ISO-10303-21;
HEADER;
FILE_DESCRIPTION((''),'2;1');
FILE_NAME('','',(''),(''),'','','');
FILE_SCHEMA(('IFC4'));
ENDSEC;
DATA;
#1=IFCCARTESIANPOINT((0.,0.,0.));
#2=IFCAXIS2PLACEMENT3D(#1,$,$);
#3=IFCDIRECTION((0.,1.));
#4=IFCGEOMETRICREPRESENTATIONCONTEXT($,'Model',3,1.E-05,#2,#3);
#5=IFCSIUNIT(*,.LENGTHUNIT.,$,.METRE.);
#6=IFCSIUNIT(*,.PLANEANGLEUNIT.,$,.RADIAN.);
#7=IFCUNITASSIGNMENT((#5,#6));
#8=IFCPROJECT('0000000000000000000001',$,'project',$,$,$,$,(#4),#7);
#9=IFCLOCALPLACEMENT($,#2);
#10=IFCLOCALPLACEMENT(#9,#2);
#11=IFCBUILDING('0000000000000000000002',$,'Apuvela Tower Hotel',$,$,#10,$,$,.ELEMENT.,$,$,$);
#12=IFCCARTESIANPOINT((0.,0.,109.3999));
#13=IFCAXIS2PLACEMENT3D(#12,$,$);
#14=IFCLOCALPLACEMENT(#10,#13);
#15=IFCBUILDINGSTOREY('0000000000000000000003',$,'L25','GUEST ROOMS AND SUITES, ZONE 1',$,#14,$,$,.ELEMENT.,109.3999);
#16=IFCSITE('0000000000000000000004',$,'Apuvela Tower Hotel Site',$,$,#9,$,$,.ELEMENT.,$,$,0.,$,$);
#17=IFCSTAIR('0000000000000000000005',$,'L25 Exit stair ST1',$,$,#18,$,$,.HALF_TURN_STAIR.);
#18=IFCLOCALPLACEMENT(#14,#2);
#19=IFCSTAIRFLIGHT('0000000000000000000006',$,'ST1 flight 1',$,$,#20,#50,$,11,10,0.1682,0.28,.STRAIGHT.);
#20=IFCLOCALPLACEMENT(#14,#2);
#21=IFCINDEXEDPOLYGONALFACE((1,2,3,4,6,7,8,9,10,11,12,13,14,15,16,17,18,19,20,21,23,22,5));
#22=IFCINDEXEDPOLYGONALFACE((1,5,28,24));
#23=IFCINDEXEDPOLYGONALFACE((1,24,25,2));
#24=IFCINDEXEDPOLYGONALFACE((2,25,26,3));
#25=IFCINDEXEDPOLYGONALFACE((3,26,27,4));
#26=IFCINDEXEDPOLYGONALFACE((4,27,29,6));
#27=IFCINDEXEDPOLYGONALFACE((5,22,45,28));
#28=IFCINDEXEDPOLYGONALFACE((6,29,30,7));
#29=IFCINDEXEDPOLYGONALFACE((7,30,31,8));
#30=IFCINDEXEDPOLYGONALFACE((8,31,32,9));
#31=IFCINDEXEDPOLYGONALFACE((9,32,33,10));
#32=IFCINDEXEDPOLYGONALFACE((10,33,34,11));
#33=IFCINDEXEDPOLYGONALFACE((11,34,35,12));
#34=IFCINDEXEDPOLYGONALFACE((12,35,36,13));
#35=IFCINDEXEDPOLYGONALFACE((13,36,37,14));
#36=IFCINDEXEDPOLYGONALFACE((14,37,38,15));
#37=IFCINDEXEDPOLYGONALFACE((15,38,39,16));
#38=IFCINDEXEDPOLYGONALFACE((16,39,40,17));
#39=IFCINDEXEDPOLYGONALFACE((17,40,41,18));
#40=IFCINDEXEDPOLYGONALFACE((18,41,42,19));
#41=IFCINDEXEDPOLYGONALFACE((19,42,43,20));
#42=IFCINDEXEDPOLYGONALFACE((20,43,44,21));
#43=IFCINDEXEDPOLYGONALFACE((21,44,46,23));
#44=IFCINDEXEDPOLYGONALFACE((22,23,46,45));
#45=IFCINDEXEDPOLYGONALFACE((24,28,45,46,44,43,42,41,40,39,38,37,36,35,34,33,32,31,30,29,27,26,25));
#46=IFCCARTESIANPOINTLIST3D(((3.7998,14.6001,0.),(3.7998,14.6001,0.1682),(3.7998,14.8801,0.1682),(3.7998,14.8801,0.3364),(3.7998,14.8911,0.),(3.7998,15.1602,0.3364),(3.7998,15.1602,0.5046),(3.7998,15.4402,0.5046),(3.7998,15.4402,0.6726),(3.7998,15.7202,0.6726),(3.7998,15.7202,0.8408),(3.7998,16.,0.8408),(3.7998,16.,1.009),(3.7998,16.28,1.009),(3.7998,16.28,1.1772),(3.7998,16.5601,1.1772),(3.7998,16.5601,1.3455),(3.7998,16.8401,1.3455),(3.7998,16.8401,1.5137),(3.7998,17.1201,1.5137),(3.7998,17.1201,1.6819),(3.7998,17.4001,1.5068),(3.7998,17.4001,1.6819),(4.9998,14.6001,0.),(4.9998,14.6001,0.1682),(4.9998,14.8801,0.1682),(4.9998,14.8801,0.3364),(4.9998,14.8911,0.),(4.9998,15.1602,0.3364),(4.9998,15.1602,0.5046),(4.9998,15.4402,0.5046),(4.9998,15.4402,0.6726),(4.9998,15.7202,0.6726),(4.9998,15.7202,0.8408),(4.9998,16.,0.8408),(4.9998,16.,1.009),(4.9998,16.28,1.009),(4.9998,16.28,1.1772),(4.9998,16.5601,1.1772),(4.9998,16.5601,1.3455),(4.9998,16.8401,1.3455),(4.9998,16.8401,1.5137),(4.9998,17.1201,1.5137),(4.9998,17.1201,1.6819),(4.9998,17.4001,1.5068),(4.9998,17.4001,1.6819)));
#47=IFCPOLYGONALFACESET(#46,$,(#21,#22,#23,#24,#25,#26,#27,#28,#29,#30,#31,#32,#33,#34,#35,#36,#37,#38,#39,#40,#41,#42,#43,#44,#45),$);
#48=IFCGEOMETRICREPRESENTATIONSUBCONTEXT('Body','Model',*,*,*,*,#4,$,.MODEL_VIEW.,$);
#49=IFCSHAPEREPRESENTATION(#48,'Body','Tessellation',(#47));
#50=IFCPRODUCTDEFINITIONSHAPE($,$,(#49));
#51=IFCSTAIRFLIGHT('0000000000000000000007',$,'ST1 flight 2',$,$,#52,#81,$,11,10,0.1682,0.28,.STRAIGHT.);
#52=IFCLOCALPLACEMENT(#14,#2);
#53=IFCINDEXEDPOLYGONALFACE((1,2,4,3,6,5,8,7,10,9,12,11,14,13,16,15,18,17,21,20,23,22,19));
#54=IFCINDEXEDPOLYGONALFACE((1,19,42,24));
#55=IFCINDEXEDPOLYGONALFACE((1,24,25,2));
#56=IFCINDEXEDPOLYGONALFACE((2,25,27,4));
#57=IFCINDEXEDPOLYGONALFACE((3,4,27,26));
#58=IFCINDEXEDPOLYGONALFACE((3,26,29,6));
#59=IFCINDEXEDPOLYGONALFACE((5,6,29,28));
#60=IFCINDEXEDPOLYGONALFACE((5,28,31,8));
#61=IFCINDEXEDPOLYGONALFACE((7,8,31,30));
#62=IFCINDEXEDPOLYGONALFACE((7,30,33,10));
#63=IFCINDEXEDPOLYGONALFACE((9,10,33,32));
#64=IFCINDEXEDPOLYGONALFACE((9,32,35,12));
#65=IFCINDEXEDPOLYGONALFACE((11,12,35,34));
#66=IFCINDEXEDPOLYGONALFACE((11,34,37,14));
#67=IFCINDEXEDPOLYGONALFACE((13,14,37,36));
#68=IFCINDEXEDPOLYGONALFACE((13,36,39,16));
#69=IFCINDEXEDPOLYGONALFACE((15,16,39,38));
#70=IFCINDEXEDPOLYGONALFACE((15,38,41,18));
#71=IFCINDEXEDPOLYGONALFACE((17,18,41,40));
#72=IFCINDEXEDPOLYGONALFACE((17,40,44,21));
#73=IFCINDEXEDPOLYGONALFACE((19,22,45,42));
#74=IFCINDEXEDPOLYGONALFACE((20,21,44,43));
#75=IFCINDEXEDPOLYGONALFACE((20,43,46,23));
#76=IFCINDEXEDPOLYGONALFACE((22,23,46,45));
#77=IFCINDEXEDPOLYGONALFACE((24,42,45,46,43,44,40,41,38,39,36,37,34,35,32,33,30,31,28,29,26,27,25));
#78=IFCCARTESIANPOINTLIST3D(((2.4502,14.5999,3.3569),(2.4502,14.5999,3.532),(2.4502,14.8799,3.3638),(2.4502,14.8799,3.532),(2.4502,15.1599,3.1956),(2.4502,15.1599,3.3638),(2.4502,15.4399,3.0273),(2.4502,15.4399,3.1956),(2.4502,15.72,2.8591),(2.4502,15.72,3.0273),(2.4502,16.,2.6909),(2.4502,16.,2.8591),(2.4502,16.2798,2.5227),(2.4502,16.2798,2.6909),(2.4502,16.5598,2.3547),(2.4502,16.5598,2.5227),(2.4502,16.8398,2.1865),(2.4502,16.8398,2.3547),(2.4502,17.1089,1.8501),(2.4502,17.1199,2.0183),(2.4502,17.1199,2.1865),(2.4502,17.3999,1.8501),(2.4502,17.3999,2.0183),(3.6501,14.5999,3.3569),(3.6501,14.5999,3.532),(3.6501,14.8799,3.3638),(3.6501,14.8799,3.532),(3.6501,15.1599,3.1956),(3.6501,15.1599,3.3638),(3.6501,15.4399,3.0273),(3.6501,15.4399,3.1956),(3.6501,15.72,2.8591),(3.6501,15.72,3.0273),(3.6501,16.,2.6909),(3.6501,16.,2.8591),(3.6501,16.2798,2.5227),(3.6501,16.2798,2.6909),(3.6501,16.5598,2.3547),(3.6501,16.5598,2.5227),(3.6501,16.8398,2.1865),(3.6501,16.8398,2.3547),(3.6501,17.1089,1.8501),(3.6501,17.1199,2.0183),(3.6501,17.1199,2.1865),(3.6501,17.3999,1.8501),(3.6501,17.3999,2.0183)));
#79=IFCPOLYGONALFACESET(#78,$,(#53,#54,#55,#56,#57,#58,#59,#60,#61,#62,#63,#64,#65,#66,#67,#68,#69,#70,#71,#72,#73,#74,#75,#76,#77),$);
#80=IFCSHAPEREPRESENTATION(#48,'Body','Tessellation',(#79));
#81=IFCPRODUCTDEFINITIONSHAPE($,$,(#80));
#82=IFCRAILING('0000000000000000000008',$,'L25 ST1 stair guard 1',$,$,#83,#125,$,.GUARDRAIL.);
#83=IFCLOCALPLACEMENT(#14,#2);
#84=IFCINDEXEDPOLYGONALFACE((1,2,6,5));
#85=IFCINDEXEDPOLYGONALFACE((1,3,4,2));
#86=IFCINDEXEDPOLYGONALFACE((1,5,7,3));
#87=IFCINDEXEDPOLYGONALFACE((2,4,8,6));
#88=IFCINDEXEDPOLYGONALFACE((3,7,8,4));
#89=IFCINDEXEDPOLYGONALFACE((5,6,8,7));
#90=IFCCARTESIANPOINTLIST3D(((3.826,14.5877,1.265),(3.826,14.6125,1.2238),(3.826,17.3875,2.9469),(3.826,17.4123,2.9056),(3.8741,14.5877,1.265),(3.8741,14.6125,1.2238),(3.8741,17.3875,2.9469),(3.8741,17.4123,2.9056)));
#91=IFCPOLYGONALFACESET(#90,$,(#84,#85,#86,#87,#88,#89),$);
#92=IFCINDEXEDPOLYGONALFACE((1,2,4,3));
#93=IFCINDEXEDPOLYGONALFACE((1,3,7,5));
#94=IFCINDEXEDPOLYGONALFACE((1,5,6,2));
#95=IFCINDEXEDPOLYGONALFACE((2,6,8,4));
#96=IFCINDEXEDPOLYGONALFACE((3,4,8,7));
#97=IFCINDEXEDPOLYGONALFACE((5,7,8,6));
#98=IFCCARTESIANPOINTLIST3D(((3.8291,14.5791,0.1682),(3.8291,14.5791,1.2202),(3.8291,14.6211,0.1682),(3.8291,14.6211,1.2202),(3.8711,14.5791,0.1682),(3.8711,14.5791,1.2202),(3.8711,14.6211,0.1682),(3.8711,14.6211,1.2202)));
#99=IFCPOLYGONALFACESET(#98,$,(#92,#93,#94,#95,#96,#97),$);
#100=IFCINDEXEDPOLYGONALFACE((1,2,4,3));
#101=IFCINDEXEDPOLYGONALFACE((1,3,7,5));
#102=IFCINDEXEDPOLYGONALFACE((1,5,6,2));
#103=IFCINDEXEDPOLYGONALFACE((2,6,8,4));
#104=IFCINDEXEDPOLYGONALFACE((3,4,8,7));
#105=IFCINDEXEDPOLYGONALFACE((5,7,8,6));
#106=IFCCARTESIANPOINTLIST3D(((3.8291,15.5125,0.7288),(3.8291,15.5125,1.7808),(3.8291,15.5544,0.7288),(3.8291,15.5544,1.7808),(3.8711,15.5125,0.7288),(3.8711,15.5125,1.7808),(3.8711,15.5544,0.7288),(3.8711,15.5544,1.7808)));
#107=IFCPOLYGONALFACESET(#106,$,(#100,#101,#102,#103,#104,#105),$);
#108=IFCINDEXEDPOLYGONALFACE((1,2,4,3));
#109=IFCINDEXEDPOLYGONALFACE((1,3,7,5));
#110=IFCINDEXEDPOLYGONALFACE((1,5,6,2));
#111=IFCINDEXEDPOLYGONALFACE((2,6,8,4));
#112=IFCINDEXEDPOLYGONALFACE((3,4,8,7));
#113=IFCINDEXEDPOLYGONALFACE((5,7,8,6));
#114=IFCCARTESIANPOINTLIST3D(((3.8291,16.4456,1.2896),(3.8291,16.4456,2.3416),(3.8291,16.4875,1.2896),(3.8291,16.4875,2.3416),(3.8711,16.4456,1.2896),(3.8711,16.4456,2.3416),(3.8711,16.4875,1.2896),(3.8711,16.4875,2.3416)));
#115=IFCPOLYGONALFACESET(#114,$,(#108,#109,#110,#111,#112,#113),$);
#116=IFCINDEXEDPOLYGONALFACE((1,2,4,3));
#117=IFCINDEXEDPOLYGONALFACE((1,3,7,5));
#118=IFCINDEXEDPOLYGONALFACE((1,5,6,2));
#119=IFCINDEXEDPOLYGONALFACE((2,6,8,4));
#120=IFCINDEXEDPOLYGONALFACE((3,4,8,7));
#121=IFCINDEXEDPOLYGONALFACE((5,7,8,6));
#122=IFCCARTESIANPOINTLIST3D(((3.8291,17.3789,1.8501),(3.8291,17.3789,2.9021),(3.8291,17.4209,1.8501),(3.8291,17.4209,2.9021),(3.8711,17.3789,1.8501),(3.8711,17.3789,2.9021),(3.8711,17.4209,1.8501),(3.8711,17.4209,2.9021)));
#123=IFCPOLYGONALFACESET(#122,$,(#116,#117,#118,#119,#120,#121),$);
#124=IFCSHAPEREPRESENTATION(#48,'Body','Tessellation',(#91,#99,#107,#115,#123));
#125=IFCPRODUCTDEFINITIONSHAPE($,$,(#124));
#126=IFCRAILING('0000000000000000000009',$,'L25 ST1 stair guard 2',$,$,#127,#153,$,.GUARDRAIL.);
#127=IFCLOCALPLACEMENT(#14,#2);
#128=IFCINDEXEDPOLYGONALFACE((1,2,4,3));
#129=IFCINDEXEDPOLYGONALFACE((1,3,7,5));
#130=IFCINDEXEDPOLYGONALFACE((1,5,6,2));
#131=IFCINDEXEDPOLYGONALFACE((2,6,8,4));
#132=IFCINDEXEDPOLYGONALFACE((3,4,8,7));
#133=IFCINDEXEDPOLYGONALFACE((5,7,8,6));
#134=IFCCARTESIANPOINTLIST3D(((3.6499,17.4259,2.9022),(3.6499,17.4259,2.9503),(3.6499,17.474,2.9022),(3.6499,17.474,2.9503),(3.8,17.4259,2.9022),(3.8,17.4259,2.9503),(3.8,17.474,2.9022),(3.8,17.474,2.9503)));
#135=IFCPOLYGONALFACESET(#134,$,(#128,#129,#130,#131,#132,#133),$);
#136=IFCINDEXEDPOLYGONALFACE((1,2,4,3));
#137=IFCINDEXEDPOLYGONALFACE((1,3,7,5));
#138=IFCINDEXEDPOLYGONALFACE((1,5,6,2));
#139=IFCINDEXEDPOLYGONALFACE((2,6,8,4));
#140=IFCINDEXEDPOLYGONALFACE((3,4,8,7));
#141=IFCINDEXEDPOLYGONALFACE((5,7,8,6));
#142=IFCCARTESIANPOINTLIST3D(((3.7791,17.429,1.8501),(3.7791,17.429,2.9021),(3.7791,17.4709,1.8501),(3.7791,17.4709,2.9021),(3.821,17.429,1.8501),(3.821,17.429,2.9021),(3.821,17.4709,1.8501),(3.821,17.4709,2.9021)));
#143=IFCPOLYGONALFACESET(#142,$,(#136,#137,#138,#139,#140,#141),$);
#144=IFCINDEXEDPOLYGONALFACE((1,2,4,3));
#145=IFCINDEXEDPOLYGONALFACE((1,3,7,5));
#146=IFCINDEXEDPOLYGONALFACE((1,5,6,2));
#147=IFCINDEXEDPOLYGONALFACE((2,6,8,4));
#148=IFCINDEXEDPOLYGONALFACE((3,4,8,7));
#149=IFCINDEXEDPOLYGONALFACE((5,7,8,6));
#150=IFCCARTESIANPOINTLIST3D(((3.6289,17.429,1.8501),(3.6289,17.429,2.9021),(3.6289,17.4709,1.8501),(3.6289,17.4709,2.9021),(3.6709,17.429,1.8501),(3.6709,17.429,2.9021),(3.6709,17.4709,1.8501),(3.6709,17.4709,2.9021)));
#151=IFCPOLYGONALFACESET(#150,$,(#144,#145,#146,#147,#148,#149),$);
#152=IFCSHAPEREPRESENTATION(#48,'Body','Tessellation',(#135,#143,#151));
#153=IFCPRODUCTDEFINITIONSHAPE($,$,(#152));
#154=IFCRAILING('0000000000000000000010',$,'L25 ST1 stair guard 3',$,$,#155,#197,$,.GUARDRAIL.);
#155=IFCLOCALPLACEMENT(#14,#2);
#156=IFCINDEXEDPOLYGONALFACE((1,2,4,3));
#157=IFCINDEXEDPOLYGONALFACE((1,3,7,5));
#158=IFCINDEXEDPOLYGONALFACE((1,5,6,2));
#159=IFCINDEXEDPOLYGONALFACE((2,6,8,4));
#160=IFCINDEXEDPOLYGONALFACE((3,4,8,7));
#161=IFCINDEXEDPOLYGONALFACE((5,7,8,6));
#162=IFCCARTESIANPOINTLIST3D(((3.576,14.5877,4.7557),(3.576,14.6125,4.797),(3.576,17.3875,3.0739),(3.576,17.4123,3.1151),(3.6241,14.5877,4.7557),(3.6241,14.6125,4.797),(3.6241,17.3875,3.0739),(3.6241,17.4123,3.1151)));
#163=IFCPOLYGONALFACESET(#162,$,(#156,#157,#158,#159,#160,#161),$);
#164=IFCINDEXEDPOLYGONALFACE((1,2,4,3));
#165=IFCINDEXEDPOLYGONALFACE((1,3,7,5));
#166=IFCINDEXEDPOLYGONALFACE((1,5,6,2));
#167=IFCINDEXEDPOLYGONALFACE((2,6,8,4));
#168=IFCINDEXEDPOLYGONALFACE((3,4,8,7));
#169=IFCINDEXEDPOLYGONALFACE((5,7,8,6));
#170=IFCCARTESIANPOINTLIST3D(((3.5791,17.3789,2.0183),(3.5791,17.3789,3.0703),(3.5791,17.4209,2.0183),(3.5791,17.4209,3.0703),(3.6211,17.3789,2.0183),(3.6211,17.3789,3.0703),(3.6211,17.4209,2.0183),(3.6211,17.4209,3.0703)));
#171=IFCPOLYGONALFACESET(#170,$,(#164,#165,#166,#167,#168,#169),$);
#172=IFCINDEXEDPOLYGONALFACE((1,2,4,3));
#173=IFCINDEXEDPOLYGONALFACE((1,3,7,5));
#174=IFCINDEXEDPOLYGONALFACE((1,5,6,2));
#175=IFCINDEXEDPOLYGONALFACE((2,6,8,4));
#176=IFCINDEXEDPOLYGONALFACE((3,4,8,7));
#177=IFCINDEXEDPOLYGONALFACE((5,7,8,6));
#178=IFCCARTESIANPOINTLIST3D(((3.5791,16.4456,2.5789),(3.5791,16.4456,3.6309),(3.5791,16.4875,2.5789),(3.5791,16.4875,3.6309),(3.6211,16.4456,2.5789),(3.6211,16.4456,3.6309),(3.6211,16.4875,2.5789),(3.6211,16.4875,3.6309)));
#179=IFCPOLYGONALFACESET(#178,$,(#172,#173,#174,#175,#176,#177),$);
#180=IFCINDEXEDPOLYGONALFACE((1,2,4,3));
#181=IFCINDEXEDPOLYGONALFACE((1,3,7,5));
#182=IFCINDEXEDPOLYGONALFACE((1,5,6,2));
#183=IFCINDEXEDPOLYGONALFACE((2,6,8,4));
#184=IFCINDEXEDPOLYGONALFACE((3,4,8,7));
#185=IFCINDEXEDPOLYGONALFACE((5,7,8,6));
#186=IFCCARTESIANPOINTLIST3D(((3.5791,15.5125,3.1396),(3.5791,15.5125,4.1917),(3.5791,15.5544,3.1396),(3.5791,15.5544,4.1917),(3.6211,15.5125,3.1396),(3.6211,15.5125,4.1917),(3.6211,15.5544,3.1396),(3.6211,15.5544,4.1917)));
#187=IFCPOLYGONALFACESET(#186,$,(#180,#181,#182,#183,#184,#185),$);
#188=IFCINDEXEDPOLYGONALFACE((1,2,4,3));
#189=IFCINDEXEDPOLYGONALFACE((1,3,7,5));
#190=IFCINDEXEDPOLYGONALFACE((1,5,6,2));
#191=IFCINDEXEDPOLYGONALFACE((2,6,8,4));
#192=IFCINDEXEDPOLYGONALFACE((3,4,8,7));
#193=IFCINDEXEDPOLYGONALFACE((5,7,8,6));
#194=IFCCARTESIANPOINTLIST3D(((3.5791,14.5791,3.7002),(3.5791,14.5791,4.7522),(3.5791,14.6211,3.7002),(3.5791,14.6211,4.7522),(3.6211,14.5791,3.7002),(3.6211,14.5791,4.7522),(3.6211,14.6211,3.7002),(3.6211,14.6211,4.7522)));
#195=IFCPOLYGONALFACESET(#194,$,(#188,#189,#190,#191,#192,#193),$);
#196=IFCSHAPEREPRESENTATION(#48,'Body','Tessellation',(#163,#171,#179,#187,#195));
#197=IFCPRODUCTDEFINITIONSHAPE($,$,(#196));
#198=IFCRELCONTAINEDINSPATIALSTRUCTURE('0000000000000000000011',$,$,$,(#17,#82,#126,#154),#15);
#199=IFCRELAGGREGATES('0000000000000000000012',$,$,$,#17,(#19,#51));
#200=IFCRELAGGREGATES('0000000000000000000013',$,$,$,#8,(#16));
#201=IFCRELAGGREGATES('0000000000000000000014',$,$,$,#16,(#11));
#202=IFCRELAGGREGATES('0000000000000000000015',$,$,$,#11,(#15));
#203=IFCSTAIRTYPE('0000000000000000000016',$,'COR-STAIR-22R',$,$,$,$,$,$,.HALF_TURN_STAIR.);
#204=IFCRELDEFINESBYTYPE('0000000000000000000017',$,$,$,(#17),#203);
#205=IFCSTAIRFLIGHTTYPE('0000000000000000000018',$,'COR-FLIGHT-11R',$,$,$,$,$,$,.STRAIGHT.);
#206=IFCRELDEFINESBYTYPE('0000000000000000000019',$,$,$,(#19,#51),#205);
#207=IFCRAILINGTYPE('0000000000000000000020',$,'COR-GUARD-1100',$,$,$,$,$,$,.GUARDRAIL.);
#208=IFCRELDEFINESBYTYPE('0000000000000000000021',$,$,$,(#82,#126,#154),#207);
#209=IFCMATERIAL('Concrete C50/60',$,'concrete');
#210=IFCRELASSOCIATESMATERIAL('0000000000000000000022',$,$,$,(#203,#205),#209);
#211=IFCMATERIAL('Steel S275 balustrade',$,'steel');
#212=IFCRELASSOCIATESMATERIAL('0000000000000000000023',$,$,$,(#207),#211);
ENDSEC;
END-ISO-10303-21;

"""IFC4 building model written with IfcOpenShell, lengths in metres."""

from ifc_helpers import new_model, si_unit, direction, frame, origin, origin_2d, place, context, subcontext, project, spatial, polyline, rectangle, outline, extrude, material, type_object, element, aggregate, save


model = new_model("IFC4")

# Units and contexts
model_context = context("Model", 3, precision=1e-05, world=origin(), true_north=direction((0.0, 1.0)))
body_context = subcontext(model_context, "Body", "Model", "MODEL_VIEW")
ifc_project = project(units=[si_unit("LENGTHUNIT", "METRE"), si_unit("PLANEANGLEUNIT", "RADIAN")], contexts=[model_context])

# Site, building, storey
site_placement = place(None, origin())
site = spatial("IfcSite", under=ifc_project, at=site_placement, Name="Apuvela Tower Hotel Site", CompositionType="ELEMENT", RefElevation=0.0)
building_placement = place(site_placement, origin())
building = spatial("IfcBuilding", under=site, at=building_placement, Name="Apuvela Tower Hotel", CompositionType="ELEMENT")
storey_placement = place(building_placement, frame((0.0, 0.0, 109.3999)))
storey = spatial("IfcBuildingStorey", under=building, at=storey_placement, Name="L25", Description="GUEST ROOMS AND SUITES, ZONE 1", CompositionType="ELEMENT", Elevation=109.3999)

# Shared definitions
ifc_material_1 = material(Name="Concrete C50/60", Category="concrete")

# Stair, stair flights
stair_type = type_object("IfcStairType", Name="COR-STAIR-22R", PredefinedType="HALF_TURN_STAIR", material=ifc_material_1)
stair_placement = place(storey_placement, origin())
stair = element("IfcStair", 1, at=stair_placement, inside=storey, type_object=stair_type, Name="L25 Exit stair ST1", PredefinedType="HALF_TURN_STAIR")
stair_flight_type = type_object("IfcStairFlightType", Name="COR-FLIGHT-11R", PredefinedType="STRAIGHT", material=ifc_material_1)
stair_flight_1_placement = place(storey_placement, frame((4.3999, 14.6001, 0.0), z_axis=(0.0, 0.0, 1.0), x_axis=(0.0, 1.0, 0.0)))
stair_flight_1 = element("IfcStairFlight", 2, at=stair_flight_1_placement, type_object=stair_flight_type, Name="ST1 flight 1", NumberOfRisers=11, NumberOfTreads=10, PredefinedType="STRAIGHT", RiserHeight=0.1682, TreadLength=0.28, context=body_context, shape_type="SweptSolid", body=[
    extrude(outline(polyline([(0.0, 0.0), (0.0, 0.1682), (0.28, 0.1682), (0.28, 0.3364), (0.5601, 0.3364), (0.5601, 0.5046), (0.8401, 0.5046), (0.8401, 0.6726), (1.1201, 0.6726), (1.1201, 0.8408), (1.3999, 0.8408), (1.3999, 1.009), (1.6799, 1.009), (1.6799, 1.1772), (1.96, 1.1772), (1.96, 1.3455), (2.24, 1.3455), (2.24, 1.5137), (2.52, 1.5137), (2.52, 1.6819), (2.8, 1.6819), (2.8, 1.8501), (2.8, 1.5068), (0.291, 0.0), (0.0, 0.0)])), frame((0.0, 0.6001, 0.0), z_axis=(0.0, -1.0, 0.0), x_axis=(1.0, 0.0, 0.0)), (0.0, 0.0, 1.0), 1.2),
])
stair_flight_2_placement = place(storey_placement, frame((3.05, 17.3999, 1.8501), z_axis=(0.0, 0.0, 1.0), x_axis=(0.0, -1.0, 0.0)))
stair_flight_2 = element("IfcStairFlight", 3, at=stair_flight_2_placement, type_object=stair_flight_type, Name="ST1 flight 2", NumberOfRisers=11, NumberOfTreads=10, PredefinedType="STRAIGHT", RiserHeight=0.1682, TreadLength=0.28, context=body_context, shape_type="SweptSolid", body=[
    extrude(outline(polyline([(0.0, 0.0), (0.0, 0.1682), (0.28, 0.1682), (0.28, 0.3364), (0.5601, 0.3364), (0.5601, 0.5046), (0.8401, 0.5046), (0.8401, 0.6726), (1.1201, 0.6726), (1.1201, 0.8408), (1.3999, 0.8408), (1.3999, 1.009), (1.6799, 1.009), (1.6799, 1.1772), (1.96, 1.1772), (1.96, 1.3455), (2.24, 1.3455), (2.24, 1.5137), (2.52, 1.5137), (2.52, 1.6819), (2.8, 1.6819), (2.8, 1.8501), (2.8, 1.5068), (0.291, 0.0), (0.0, 0.0)])), frame((0.0, 0.6001, 0.0), z_axis=(0.0, -1.0, 0.0), x_axis=(1.0, 0.0, 0.0)), (0.0, 0.0, 1.0), 1.2),
])
aggregate(stair, [stair_flight_1, stair_flight_2])

# Railings
ifc_material_2 = material(Name="Steel S275 balustrade", Category="steel")
railing_type_1 = type_object("IfcRailingType", Name="COR-GUARD-1100", PredefinedType="GUARDRAIL", material=ifc_material_2)
railing_1_placement = place(storey_placement, frame((3.8501, 14.6001, 0.1682)))
element("IfcRailing", 4, at=railing_1_placement, inside=storey, type_object=railing_type_1, Name="L25 ST1 stair guard 1", PredefinedType="GUARDRAIL", context=body_context, shape_type="SweptSolid", body=[
    extrude(rectangle(XDim=0.0481, YDim=0.0481, at=origin_2d()), frame((0.0, 0.0, 1.0762), z_axis=(0.0, 0.857222, 0.514946), x_axis=(-1.0, 0.0, 0.0)), (0.0, 0.0, 1.0), 3.2661),
    extrude(rectangle(XDim=0.042, YDim=0.042, at=origin_2d()), origin(), (0.0, 0.0, 1.0), 1.052),
    extrude(rectangle(XDim=0.042, YDim=0.042, at=origin_2d()), frame((0.0, 0.9333, 0.5605)), (0.0, 0.0, 1.0), 1.052),
    extrude(rectangle(XDim=0.042, YDim=0.042, at=origin_2d()), frame((0.0, 1.8665, 1.1213)), (0.0, 0.0, 1.0), 1.052),
    extrude(rectangle(XDim=0.042, YDim=0.042, at=origin_2d()), frame((0.0, 2.7998, 1.6819)), (0.0, 0.0, 1.0), 1.052),
])
railing_2_placement = place(storey_placement, frame((3.8, 17.45, 1.8501)))
element("IfcRailing", 5, at=railing_2_placement, inside=storey, type_object=railing_type_1, Name="L25 ST1 stair guard 2", PredefinedType="GUARDRAIL", context=body_context, shape_type="SweptSolid", body=[
    extrude(rectangle(XDim=0.0481, YDim=0.0481, at=origin_2d()), frame((0.0, 0.0, 1.0762), z_axis=(-1.0, 0.0, 0.0), x_axis=(0.0, -1.0, 0.0)), (0.0, 0.0, 1.0), 0.1501),
    extrude(rectangle(XDim=0.042, YDim=0.042, at=origin_2d()), origin(), (0.0, 0.0, 1.0), 1.052),
    extrude(rectangle(XDim=0.042, YDim=0.042, at=origin_2d()), frame((-0.1501, 0.0, 0.0)), (0.0, 0.0, 1.0), 1.052),
])
railing_3_placement = place(storey_placement, frame((3.6001, 17.3999, 2.0183)))
element("IfcRailing", 6, at=railing_3_placement, inside=storey, type_object=railing_type_1, Name="L25 ST1 stair guard 3", PredefinedType="GUARDRAIL", context=body_context, shape_type="SweptSolid", body=[
    extrude(rectangle(XDim=0.0481, YDim=0.0481, at=origin_2d()), frame((0.0, 0.0, 1.0762), z_axis=(0.0, -0.857222, 0.514946), x_axis=(1.0, 0.0, 0.0)), (0.0, 0.0, 1.0), 3.2661),
    extrude(rectangle(XDim=0.042, YDim=0.042, at=origin_2d()), origin(), (0.0, 0.0, 1.0), 1.052),
    extrude(rectangle(XDim=0.042, YDim=0.042, at=origin_2d()), frame((0.0, -0.9333, 0.5605)), (0.0, 0.0, 1.0), 1.052),
    extrude(rectangle(XDim=0.042, YDim=0.042, at=origin_2d()), frame((0.0, -1.8665, 1.1213)), (0.0, 0.0, 1.0), 1.052),
    extrude(rectangle(XDim=0.042, YDim=0.042, at=origin_2d()), frame((0.0, -2.7998, 1.6819)), (0.0, 0.0, 1.0), 1.052),
])

save(model, "model.ifc")
